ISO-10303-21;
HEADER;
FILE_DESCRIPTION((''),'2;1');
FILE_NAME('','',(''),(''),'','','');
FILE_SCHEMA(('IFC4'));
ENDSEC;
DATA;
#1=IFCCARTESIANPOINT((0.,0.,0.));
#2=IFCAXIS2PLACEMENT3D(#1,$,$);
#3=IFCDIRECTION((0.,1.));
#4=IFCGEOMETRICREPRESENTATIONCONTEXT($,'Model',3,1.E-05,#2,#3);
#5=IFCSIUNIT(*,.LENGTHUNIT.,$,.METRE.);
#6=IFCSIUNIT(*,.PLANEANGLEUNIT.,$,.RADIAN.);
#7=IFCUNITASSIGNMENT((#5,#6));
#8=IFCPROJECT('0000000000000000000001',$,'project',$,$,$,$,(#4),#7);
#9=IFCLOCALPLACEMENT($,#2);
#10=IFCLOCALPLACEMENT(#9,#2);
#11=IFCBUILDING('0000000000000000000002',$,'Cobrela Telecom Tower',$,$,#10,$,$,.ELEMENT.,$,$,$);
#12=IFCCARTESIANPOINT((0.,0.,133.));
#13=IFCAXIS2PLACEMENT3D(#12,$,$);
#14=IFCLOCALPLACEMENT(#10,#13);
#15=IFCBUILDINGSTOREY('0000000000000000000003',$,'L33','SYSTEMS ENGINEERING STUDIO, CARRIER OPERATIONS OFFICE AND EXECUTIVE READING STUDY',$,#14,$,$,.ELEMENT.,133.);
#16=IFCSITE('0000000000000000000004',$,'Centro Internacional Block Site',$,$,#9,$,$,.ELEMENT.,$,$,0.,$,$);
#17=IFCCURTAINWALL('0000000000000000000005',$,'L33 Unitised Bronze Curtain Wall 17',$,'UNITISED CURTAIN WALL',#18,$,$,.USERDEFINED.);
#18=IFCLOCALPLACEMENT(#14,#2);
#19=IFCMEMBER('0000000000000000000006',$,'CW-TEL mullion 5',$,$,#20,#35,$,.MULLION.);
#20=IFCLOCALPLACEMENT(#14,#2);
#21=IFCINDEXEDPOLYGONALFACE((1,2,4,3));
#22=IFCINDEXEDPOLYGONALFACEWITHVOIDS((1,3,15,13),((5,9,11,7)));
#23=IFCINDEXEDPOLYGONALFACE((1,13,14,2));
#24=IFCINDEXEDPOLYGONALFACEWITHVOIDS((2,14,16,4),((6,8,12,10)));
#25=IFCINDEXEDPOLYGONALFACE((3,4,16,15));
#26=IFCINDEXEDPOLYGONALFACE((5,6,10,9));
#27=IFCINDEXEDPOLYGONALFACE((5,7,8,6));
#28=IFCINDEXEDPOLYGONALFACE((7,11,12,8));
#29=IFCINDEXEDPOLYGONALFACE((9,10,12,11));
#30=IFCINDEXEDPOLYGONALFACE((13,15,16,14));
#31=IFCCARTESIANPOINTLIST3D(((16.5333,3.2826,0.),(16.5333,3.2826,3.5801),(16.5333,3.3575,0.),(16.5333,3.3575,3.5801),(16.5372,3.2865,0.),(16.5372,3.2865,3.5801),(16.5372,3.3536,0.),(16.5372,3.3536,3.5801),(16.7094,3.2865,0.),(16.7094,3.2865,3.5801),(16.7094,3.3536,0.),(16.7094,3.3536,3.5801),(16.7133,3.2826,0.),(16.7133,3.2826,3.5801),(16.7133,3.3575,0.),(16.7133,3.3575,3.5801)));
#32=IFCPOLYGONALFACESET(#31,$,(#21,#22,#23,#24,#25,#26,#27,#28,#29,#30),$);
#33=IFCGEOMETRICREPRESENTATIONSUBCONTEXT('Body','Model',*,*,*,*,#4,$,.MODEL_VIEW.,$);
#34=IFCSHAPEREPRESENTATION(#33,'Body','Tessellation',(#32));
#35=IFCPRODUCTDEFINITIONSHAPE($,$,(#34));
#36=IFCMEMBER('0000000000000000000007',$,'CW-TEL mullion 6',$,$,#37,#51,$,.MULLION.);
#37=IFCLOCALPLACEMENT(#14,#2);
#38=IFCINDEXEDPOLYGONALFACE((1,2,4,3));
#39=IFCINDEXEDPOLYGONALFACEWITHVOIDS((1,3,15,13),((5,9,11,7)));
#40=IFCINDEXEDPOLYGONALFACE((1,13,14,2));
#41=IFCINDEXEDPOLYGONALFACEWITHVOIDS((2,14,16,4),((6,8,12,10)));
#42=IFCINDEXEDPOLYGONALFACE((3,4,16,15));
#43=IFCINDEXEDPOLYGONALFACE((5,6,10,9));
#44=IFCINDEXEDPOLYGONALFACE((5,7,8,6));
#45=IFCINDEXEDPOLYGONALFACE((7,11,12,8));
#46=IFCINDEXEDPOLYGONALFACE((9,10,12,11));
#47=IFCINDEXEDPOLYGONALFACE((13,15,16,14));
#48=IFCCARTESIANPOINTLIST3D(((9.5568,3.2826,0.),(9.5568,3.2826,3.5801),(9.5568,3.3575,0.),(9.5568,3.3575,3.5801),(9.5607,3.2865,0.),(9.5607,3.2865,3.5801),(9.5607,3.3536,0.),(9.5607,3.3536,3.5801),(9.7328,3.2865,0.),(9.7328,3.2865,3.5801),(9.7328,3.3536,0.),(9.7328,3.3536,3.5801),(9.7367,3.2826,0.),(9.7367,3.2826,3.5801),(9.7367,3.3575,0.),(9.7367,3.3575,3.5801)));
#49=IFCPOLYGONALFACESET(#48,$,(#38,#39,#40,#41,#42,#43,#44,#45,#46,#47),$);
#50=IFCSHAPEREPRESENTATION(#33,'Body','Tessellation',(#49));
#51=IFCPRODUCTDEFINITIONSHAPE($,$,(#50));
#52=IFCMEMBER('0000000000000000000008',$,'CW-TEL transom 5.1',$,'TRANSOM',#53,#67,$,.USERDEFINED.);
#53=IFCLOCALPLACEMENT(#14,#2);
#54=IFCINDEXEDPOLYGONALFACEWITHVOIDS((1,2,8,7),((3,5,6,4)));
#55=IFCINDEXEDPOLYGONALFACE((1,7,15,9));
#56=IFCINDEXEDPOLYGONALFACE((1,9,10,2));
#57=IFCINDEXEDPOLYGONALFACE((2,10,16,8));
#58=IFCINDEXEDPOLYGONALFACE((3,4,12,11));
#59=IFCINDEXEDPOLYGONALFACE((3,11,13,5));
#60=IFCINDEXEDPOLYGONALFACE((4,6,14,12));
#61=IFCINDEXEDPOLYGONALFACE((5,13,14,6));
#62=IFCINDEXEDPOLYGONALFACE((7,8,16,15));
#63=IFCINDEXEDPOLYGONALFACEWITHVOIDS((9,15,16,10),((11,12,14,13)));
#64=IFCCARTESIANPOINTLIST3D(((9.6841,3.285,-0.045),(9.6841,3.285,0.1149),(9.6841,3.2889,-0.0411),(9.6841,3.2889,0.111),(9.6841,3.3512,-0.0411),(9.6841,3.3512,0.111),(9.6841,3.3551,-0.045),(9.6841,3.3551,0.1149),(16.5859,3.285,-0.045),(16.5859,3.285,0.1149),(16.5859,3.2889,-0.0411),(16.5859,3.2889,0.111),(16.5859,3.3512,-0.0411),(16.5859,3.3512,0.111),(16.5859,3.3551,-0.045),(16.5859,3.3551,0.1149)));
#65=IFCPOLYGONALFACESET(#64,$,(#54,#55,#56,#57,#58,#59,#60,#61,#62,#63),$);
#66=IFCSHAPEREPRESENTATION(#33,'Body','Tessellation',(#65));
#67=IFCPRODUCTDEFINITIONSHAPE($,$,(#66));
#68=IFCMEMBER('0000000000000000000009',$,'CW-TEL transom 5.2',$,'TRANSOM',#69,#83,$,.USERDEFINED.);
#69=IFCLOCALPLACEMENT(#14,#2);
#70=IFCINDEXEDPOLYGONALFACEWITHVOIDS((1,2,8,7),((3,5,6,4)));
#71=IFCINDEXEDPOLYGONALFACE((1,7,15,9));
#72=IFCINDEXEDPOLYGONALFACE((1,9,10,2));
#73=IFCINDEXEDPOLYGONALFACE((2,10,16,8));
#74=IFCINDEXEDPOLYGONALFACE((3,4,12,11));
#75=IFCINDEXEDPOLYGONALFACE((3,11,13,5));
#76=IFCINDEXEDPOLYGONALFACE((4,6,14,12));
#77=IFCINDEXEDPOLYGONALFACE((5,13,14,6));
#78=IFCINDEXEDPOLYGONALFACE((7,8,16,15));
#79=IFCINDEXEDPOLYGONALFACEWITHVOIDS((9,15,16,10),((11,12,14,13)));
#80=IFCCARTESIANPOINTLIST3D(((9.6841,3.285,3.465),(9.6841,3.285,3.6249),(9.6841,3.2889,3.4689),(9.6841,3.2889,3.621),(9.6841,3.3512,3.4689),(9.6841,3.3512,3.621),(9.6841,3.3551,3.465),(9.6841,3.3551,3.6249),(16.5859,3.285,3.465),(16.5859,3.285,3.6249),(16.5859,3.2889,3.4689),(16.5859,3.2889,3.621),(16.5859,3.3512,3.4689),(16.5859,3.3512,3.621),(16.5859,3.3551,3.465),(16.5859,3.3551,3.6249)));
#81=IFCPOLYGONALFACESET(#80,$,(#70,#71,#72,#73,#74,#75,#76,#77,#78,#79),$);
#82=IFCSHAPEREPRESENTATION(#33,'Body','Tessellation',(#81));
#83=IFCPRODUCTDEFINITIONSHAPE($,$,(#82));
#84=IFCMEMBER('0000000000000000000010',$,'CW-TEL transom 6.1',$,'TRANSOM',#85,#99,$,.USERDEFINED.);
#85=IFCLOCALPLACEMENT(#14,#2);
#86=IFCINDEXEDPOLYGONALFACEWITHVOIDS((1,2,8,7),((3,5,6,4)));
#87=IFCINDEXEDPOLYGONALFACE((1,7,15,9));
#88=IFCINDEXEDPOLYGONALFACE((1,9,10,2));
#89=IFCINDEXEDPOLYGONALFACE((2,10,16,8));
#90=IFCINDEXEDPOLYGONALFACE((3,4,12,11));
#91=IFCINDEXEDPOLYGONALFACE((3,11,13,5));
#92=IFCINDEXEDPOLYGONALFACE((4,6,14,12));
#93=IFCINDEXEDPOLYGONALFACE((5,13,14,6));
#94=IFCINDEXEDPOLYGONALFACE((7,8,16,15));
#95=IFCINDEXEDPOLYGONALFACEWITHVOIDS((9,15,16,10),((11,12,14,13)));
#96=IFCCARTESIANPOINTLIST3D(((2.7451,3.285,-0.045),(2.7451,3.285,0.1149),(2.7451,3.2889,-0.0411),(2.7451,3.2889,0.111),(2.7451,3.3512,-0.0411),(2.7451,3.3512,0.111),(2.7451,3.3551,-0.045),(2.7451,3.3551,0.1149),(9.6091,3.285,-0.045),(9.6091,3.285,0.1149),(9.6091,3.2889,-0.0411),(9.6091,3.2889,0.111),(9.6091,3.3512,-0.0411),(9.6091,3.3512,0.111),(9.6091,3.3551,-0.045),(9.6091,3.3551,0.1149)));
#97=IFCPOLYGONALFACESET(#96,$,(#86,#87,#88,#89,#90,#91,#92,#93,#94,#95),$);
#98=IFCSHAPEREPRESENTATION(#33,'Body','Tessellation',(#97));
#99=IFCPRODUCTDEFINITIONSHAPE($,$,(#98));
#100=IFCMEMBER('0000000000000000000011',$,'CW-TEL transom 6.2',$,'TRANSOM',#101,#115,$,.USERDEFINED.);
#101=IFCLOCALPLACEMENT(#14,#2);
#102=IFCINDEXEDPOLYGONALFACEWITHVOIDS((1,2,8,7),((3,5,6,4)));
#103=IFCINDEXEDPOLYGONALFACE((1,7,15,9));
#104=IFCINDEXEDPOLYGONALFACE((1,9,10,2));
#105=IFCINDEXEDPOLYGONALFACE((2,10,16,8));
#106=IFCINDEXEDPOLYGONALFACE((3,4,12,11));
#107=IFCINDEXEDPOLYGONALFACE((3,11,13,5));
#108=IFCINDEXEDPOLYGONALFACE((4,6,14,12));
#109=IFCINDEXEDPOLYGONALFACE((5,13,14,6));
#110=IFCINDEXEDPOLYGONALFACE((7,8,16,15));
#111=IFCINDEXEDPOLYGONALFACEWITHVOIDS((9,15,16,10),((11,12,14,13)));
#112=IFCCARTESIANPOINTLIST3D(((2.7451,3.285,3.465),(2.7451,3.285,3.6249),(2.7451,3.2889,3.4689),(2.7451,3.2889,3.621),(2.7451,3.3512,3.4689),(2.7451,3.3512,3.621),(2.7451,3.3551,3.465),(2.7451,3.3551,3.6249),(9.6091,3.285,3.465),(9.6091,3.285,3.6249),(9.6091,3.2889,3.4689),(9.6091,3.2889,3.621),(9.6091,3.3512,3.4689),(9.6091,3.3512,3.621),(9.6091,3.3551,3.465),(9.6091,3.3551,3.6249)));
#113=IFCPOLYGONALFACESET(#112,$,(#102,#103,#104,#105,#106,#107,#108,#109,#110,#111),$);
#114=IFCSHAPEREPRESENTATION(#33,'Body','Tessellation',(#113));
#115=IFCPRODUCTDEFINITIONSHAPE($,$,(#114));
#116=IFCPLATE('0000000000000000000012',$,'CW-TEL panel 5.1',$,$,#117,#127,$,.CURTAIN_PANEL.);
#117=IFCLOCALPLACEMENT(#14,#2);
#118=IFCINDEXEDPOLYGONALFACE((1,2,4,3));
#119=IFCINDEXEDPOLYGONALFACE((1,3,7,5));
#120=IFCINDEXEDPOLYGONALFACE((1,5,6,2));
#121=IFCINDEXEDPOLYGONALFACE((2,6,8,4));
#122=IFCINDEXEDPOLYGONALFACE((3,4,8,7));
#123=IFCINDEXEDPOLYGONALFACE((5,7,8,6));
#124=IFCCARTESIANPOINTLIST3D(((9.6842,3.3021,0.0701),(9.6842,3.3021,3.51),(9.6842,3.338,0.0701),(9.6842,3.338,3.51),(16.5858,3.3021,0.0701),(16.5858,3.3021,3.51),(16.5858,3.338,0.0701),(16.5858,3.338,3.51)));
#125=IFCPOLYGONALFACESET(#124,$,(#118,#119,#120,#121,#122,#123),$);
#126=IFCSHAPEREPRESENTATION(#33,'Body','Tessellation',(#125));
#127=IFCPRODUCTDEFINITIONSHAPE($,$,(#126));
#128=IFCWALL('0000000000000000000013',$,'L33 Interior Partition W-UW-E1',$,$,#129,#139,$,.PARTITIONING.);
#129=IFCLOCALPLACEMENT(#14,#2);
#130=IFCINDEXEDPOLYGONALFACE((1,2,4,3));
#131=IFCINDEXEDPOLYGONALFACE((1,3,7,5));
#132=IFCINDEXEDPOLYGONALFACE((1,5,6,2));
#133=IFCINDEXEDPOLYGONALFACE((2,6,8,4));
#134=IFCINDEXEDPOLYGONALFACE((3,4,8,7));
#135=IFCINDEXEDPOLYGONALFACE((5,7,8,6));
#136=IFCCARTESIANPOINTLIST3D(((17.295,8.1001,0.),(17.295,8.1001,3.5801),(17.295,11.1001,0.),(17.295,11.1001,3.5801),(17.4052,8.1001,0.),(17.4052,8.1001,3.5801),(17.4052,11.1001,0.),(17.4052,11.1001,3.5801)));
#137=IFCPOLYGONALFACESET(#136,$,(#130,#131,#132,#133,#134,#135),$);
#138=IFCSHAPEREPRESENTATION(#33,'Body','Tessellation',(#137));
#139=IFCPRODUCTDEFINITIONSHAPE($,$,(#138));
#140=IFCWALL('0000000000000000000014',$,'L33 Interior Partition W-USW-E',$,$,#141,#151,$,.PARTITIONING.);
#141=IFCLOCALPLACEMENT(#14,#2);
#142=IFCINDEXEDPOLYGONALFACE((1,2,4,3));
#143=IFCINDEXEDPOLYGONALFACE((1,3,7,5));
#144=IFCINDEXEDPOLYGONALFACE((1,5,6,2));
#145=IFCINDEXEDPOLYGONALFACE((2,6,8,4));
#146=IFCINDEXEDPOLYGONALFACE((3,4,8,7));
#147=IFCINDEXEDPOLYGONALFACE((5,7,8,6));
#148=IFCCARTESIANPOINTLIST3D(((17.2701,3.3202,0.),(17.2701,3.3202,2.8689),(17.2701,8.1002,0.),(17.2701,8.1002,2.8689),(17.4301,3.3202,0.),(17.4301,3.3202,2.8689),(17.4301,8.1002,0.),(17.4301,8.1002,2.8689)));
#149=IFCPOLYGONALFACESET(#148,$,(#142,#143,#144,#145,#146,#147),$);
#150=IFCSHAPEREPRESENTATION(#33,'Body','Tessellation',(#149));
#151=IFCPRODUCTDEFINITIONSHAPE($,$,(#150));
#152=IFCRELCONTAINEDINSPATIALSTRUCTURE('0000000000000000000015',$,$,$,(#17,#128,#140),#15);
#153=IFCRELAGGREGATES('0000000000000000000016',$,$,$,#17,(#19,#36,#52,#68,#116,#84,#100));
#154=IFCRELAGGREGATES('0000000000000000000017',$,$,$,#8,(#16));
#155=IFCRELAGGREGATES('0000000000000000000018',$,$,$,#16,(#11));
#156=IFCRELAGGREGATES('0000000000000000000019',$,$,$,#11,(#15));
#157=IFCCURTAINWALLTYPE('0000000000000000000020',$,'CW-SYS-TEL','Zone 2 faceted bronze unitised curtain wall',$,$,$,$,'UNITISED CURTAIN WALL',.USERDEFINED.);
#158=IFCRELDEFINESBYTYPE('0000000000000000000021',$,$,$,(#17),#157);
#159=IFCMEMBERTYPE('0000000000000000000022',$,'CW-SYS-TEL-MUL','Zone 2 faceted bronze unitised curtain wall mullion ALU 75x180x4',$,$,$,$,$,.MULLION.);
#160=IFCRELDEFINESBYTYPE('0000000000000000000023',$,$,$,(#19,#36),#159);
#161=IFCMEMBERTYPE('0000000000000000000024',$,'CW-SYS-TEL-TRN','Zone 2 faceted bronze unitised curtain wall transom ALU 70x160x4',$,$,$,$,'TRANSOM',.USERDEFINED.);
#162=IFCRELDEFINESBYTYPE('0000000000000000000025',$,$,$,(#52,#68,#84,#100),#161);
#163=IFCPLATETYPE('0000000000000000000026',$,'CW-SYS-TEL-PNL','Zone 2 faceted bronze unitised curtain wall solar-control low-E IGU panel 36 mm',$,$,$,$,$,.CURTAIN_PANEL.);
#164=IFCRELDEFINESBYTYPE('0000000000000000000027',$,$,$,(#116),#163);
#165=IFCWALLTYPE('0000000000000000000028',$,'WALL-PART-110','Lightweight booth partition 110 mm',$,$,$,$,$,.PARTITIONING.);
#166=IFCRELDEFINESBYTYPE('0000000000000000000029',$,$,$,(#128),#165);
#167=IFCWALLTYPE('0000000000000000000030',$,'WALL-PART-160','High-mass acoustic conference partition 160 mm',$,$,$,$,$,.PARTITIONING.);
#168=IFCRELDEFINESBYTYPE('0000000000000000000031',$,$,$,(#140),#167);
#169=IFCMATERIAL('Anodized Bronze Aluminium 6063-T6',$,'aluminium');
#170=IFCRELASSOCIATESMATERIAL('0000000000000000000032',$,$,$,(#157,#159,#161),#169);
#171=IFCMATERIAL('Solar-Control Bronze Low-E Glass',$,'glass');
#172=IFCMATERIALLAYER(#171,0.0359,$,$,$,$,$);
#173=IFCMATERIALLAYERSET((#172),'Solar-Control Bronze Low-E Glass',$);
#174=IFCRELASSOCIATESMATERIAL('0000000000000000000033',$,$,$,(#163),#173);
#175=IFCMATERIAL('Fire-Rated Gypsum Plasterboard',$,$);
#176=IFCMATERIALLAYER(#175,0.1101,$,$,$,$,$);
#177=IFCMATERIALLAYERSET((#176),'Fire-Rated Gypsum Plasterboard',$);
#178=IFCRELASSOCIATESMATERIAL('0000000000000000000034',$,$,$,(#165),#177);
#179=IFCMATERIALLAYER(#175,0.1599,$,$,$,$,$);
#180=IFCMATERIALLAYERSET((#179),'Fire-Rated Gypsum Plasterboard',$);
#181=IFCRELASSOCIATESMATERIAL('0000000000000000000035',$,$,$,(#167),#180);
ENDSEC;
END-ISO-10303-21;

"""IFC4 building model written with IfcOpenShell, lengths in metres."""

from ifc_helpers import new_model, si_unit, direction, frame, frame_2d, origin, origin_2d, place, context, subcontext, project, spatial, rectangle, hollow_rectangle, extrude, material, layer, layer_set, material_profile, profile_set, type_object, element, aggregate, save


model = new_model("IFC4")

# Units and contexts
model_context = context("Model", 3, precision=1e-05, world=origin(), true_north=direction((0.0, 1.0)))
body_context = subcontext(model_context, "Body", "Model", "MODEL_VIEW")
ifc_project = project(units=[si_unit("LENGTHUNIT", "METRE"), si_unit("PLANEANGLEUNIT", "RADIAN")], contexts=[model_context])

# Site, building, storey
site_placement = place(None, origin())
site = spatial("IfcSite", under=ifc_project, at=site_placement, Name="Centro Internacional Block Site", CompositionType="ELEMENT", RefElevation=0.0)
building_placement = place(site_placement, origin())
building = spatial("IfcBuilding", under=site, at=building_placement, Name="Cobrela Telecom Tower", CompositionType="ELEMENT")
storey_placement = place(building_placement, frame((0.0, 0.0, 133.0)))
storey = spatial("IfcBuildingStorey", under=building, at=storey_placement, Name="L33", Description="SYSTEMS ENGINEERING STUDIO, CARRIER OPERATIONS OFFICE AND EXECUTIVE READING STUDY", CompositionType="ELEMENT", Elevation=133.0)

# Curtain wall, members, plate
ifc_material_1 = material(Name="Anodized Bronze Aluminium 6063-T6", Category="aluminium")
curtain_wall_type = type_object("IfcCurtainWallType", Name="CW-SYS-TEL", Description="Zone 2 faceted bronze unitised curtain wall", ElementType="UNITISED CURTAIN WALL", PredefinedType="USERDEFINED", material=ifc_material_1)
curtain_wall_placement = place(storey_placement, origin())
curtain_wall = element("IfcCurtainWall", 1, at=curtain_wall_placement, inside=storey, type_object=curtain_wall_type, Name="L33 Unitised Bronze Curtain Wall 17", ObjectType="UNITISED CURTAIN WALL", PredefinedType="USERDEFINED")
ifc_material_profile_1 = material_profile(ifc_material_1, hollow_rectangle(XDim=0.075, YDim=0.1799, WallThickness=0.0039, at=origin_2d()), Name="ALU 75x180x4")
ifc_profile_set_1 = profile_set([ifc_material_profile_1], Name="Anodized Bronze Aluminium 6063-T6")
member_type_1 = type_object("IfcMemberType", Name="CW-SYS-TEL-MUL", Description="Zone 2 faceted bronze unitised curtain wall mullion ALU 75x180x4", PredefinedType="MULLION", material=ifc_profile_set_1)
member_1_placement = place(storey_placement, frame((16.6233, 3.3201, 0.0), z_axis=(0.0, 0.0, 1.0), x_axis=(0.0, -1.0, 0.0)))
member_1 = element("IfcMember", 2, at=member_1_placement, type_object=member_type_1, Name="CW-TEL mullion 5", PredefinedType="MULLION", context=body_context, shape_type="SweptSolid", body=[
    extrude(hollow_rectangle(XDim=0.075, YDim=0.1799, WallThickness=0.0039, at=origin_2d()), origin(), (0.0, 0.0, 1.0), 3.5801),
])
member_2_placement = place(storey_placement, frame((9.6467, 3.3201, 0.0), z_axis=(0.0, 0.0, 1.0), x_axis=(0.0, -1.0, 0.0)))
member_2 = element("IfcMember", 3, at=member_2_placement, type_object=member_type_1, Name="CW-TEL mullion 6", PredefinedType="MULLION", context=body_context, shape_type="SweptSolid", body=[
    extrude(hollow_rectangle(XDim=0.075, YDim=0.1799, WallThickness=0.0039, at=origin_2d()), origin(), (0.0, 0.0, 1.0), 3.5801),
])
ifc_material_profile_2 = material_profile(ifc_material_1, hollow_rectangle(XDim=0.0701, YDim=0.1599, WallThickness=0.0039, at=origin_2d()), Name="ALU 70x160x4")
ifc_profile_set_2 = profile_set([ifc_material_profile_2], Name="Anodized Bronze Aluminium 6063-T6")
member_type_2 = type_object("IfcMemberType", Name="CW-SYS-TEL-TRN", Description="Zone 2 faceted bronze unitised curtain wall transom ALU 70x160x4", ElementType="TRANSOM", PredefinedType="USERDEFINED", material=ifc_profile_set_2)
member_3_placement = place(storey_placement, frame((16.5859, 3.3201, 0.0349), z_axis=(-1.0, 0.0, 0.0), x_axis=(0.0, -1.0, 0.0)))
member_3 = element("IfcMember", 4, at=member_3_placement, type_object=member_type_2, Name="CW-TEL transom 5.1", ObjectType="TRANSOM", PredefinedType="USERDEFINED", context=body_context, shape_type="SweptSolid", body=[
    extrude(hollow_rectangle(XDim=0.0701, YDim=0.1599, WallThickness=0.0039, at=origin_2d()), origin(), (0.0, 0.0, 1.0), 6.9019),
])
member_4_placement = place(storey_placement, frame((16.5859, 3.3201, 3.5449), z_axis=(-1.0, 0.0, 0.0), x_axis=(0.0, -1.0, 0.0)))
member_4 = element("IfcMember", 5, at=member_4_placement, type_object=member_type_2, Name="CW-TEL transom 5.2", ObjectType="TRANSOM", PredefinedType="USERDEFINED", context=body_context, shape_type="SweptSolid", body=[
    extrude(hollow_rectangle(XDim=0.0701, YDim=0.1599, WallThickness=0.0039, at=origin_2d()), origin(), (0.0, 0.0, 1.0), 6.9019),
])
member_5_placement = place(storey_placement, frame((9.6091, 3.3201, 0.0349), z_axis=(-1.0, 0.0, 0.0), x_axis=(0.0, -1.0, 0.0)))
member_5 = element("IfcMember", 6, at=member_5_placement, type_object=member_type_2, Name="CW-TEL transom 6.1", ObjectType="TRANSOM", PredefinedType="USERDEFINED", context=body_context, shape_type="SweptSolid", body=[
    extrude(hollow_rectangle(XDim=0.0701, YDim=0.1599, WallThickness=0.0039, at=origin_2d()), origin(), (0.0, 0.0, 1.0), 6.864),
])
member_6_placement = place(storey_placement, frame((9.6091, 3.3201, 3.5449), z_axis=(-1.0, 0.0, 0.0), x_axis=(0.0, -1.0, 0.0)))
member_6 = element("IfcMember", 7, at=member_6_placement, type_object=member_type_2, Name="CW-TEL transom 6.2", ObjectType="TRANSOM", PredefinedType="USERDEFINED", context=body_context, shape_type="SweptSolid", body=[
    extrude(hollow_rectangle(XDim=0.0701, YDim=0.1599, WallThickness=0.0039, at=origin_2d()), origin(), (0.0, 0.0, 1.0), 6.864),
])
ifc_material_2 = material(Name="Solar-Control Bronze Low-E Glass", Category="glass")
ifc_layer_1 = layer(ifc_material_2, 0.0359)
ifc_layer_set_1 = layer_set([ifc_layer_1], Name="Solar-Control Bronze Low-E Glass")
plate_type = type_object("IfcPlateType", Name="CW-SYS-TEL-PNL", Description="Zone 2 faceted bronze unitised curtain wall solar-control low-E IGU panel 36 mm", PredefinedType="CURTAIN_PANEL", material=ifc_layer_set_1)
plate_placement = place(storey_placement, frame((13.135, 3.3201, 0.0701), z_axis=(0.0, 0.0, 1.0), x_axis=(-1.0, 0.0, 0.0)))
plate = element("IfcPlate", 8, at=plate_placement, type_object=plate_type, Name="CW-TEL panel 5.1", PredefinedType="CURTAIN_PANEL", context=body_context, shape_type="SweptSolid", body=[
    extrude(rectangle(XDim=6.9016, YDim=0.0359, at=origin_2d()), origin(), (0.0, 0.0, 1.0), 3.4399),
])
aggregate(curtain_wall, [member_1, member_2, member_3, member_4, plate, member_5, member_6])

# Wall
ifc_material_3 = material(Name="Fire-Rated Gypsum Plasterboard")
ifc_layer_2 = layer(ifc_material_3, 0.1101)
ifc_layer_set_2 = layer_set([ifc_layer_2], Name="Fire-Rated Gypsum Plasterboard")
wall_type_1 = type_object("IfcWallType", Name="WALL-PART-110", Description="Lightweight booth partition 110 mm", PredefinedType="PARTITIONING", material=ifc_layer_set_2)
wall_1_placement = place(storey_placement, frame((17.3501, 8.1001, 0.0), z_axis=(0.0, 0.0, 1.0), x_axis=(0.0, 1.0, 0.0)))
element("IfcWall", 9, at=wall_1_placement, inside=storey, type_object=wall_type_1, Name="L33 Interior Partition W-UW-E1", PredefinedType="PARTITIONING", context=body_context, shape_type="SweptSolid", body=[
    extrude(rectangle(XDim=3.0, YDim=0.1101, at=frame_2d((1.5, 0.0))), origin(), (0.0, 0.0, 1.0), 3.5801),
])

# Wall
ifc_layer_3 = layer(ifc_material_3, 0.1599)
ifc_layer_set_3 = layer_set([ifc_layer_3], Name="Fire-Rated Gypsum Plasterboard")
wall_type_2 = type_object("IfcWallType", Name="WALL-PART-160", Description="High-mass acoustic conference partition 160 mm", PredefinedType="PARTITIONING", material=ifc_layer_set_3)
wall_2_placement = place(storey_placement, frame((17.3501, 3.3201, 0.0), z_axis=(0.0, 0.0, 1.0), x_axis=(0.0, 1.0, 0.0)))
element("IfcWall", 10, at=wall_2_placement, inside=storey, type_object=wall_type_2, Name="L33 Interior Partition W-USW-E", PredefinedType="PARTITIONING", context=body_context, shape_type="SweptSolid", body=[
    extrude(rectangle(XDim=4.78, YDim=0.1599, at=frame_2d((2.3901, 0.0))), origin(), (0.0, 0.0, 1.0), 2.8689),
])

save(model, "model.ifc")
